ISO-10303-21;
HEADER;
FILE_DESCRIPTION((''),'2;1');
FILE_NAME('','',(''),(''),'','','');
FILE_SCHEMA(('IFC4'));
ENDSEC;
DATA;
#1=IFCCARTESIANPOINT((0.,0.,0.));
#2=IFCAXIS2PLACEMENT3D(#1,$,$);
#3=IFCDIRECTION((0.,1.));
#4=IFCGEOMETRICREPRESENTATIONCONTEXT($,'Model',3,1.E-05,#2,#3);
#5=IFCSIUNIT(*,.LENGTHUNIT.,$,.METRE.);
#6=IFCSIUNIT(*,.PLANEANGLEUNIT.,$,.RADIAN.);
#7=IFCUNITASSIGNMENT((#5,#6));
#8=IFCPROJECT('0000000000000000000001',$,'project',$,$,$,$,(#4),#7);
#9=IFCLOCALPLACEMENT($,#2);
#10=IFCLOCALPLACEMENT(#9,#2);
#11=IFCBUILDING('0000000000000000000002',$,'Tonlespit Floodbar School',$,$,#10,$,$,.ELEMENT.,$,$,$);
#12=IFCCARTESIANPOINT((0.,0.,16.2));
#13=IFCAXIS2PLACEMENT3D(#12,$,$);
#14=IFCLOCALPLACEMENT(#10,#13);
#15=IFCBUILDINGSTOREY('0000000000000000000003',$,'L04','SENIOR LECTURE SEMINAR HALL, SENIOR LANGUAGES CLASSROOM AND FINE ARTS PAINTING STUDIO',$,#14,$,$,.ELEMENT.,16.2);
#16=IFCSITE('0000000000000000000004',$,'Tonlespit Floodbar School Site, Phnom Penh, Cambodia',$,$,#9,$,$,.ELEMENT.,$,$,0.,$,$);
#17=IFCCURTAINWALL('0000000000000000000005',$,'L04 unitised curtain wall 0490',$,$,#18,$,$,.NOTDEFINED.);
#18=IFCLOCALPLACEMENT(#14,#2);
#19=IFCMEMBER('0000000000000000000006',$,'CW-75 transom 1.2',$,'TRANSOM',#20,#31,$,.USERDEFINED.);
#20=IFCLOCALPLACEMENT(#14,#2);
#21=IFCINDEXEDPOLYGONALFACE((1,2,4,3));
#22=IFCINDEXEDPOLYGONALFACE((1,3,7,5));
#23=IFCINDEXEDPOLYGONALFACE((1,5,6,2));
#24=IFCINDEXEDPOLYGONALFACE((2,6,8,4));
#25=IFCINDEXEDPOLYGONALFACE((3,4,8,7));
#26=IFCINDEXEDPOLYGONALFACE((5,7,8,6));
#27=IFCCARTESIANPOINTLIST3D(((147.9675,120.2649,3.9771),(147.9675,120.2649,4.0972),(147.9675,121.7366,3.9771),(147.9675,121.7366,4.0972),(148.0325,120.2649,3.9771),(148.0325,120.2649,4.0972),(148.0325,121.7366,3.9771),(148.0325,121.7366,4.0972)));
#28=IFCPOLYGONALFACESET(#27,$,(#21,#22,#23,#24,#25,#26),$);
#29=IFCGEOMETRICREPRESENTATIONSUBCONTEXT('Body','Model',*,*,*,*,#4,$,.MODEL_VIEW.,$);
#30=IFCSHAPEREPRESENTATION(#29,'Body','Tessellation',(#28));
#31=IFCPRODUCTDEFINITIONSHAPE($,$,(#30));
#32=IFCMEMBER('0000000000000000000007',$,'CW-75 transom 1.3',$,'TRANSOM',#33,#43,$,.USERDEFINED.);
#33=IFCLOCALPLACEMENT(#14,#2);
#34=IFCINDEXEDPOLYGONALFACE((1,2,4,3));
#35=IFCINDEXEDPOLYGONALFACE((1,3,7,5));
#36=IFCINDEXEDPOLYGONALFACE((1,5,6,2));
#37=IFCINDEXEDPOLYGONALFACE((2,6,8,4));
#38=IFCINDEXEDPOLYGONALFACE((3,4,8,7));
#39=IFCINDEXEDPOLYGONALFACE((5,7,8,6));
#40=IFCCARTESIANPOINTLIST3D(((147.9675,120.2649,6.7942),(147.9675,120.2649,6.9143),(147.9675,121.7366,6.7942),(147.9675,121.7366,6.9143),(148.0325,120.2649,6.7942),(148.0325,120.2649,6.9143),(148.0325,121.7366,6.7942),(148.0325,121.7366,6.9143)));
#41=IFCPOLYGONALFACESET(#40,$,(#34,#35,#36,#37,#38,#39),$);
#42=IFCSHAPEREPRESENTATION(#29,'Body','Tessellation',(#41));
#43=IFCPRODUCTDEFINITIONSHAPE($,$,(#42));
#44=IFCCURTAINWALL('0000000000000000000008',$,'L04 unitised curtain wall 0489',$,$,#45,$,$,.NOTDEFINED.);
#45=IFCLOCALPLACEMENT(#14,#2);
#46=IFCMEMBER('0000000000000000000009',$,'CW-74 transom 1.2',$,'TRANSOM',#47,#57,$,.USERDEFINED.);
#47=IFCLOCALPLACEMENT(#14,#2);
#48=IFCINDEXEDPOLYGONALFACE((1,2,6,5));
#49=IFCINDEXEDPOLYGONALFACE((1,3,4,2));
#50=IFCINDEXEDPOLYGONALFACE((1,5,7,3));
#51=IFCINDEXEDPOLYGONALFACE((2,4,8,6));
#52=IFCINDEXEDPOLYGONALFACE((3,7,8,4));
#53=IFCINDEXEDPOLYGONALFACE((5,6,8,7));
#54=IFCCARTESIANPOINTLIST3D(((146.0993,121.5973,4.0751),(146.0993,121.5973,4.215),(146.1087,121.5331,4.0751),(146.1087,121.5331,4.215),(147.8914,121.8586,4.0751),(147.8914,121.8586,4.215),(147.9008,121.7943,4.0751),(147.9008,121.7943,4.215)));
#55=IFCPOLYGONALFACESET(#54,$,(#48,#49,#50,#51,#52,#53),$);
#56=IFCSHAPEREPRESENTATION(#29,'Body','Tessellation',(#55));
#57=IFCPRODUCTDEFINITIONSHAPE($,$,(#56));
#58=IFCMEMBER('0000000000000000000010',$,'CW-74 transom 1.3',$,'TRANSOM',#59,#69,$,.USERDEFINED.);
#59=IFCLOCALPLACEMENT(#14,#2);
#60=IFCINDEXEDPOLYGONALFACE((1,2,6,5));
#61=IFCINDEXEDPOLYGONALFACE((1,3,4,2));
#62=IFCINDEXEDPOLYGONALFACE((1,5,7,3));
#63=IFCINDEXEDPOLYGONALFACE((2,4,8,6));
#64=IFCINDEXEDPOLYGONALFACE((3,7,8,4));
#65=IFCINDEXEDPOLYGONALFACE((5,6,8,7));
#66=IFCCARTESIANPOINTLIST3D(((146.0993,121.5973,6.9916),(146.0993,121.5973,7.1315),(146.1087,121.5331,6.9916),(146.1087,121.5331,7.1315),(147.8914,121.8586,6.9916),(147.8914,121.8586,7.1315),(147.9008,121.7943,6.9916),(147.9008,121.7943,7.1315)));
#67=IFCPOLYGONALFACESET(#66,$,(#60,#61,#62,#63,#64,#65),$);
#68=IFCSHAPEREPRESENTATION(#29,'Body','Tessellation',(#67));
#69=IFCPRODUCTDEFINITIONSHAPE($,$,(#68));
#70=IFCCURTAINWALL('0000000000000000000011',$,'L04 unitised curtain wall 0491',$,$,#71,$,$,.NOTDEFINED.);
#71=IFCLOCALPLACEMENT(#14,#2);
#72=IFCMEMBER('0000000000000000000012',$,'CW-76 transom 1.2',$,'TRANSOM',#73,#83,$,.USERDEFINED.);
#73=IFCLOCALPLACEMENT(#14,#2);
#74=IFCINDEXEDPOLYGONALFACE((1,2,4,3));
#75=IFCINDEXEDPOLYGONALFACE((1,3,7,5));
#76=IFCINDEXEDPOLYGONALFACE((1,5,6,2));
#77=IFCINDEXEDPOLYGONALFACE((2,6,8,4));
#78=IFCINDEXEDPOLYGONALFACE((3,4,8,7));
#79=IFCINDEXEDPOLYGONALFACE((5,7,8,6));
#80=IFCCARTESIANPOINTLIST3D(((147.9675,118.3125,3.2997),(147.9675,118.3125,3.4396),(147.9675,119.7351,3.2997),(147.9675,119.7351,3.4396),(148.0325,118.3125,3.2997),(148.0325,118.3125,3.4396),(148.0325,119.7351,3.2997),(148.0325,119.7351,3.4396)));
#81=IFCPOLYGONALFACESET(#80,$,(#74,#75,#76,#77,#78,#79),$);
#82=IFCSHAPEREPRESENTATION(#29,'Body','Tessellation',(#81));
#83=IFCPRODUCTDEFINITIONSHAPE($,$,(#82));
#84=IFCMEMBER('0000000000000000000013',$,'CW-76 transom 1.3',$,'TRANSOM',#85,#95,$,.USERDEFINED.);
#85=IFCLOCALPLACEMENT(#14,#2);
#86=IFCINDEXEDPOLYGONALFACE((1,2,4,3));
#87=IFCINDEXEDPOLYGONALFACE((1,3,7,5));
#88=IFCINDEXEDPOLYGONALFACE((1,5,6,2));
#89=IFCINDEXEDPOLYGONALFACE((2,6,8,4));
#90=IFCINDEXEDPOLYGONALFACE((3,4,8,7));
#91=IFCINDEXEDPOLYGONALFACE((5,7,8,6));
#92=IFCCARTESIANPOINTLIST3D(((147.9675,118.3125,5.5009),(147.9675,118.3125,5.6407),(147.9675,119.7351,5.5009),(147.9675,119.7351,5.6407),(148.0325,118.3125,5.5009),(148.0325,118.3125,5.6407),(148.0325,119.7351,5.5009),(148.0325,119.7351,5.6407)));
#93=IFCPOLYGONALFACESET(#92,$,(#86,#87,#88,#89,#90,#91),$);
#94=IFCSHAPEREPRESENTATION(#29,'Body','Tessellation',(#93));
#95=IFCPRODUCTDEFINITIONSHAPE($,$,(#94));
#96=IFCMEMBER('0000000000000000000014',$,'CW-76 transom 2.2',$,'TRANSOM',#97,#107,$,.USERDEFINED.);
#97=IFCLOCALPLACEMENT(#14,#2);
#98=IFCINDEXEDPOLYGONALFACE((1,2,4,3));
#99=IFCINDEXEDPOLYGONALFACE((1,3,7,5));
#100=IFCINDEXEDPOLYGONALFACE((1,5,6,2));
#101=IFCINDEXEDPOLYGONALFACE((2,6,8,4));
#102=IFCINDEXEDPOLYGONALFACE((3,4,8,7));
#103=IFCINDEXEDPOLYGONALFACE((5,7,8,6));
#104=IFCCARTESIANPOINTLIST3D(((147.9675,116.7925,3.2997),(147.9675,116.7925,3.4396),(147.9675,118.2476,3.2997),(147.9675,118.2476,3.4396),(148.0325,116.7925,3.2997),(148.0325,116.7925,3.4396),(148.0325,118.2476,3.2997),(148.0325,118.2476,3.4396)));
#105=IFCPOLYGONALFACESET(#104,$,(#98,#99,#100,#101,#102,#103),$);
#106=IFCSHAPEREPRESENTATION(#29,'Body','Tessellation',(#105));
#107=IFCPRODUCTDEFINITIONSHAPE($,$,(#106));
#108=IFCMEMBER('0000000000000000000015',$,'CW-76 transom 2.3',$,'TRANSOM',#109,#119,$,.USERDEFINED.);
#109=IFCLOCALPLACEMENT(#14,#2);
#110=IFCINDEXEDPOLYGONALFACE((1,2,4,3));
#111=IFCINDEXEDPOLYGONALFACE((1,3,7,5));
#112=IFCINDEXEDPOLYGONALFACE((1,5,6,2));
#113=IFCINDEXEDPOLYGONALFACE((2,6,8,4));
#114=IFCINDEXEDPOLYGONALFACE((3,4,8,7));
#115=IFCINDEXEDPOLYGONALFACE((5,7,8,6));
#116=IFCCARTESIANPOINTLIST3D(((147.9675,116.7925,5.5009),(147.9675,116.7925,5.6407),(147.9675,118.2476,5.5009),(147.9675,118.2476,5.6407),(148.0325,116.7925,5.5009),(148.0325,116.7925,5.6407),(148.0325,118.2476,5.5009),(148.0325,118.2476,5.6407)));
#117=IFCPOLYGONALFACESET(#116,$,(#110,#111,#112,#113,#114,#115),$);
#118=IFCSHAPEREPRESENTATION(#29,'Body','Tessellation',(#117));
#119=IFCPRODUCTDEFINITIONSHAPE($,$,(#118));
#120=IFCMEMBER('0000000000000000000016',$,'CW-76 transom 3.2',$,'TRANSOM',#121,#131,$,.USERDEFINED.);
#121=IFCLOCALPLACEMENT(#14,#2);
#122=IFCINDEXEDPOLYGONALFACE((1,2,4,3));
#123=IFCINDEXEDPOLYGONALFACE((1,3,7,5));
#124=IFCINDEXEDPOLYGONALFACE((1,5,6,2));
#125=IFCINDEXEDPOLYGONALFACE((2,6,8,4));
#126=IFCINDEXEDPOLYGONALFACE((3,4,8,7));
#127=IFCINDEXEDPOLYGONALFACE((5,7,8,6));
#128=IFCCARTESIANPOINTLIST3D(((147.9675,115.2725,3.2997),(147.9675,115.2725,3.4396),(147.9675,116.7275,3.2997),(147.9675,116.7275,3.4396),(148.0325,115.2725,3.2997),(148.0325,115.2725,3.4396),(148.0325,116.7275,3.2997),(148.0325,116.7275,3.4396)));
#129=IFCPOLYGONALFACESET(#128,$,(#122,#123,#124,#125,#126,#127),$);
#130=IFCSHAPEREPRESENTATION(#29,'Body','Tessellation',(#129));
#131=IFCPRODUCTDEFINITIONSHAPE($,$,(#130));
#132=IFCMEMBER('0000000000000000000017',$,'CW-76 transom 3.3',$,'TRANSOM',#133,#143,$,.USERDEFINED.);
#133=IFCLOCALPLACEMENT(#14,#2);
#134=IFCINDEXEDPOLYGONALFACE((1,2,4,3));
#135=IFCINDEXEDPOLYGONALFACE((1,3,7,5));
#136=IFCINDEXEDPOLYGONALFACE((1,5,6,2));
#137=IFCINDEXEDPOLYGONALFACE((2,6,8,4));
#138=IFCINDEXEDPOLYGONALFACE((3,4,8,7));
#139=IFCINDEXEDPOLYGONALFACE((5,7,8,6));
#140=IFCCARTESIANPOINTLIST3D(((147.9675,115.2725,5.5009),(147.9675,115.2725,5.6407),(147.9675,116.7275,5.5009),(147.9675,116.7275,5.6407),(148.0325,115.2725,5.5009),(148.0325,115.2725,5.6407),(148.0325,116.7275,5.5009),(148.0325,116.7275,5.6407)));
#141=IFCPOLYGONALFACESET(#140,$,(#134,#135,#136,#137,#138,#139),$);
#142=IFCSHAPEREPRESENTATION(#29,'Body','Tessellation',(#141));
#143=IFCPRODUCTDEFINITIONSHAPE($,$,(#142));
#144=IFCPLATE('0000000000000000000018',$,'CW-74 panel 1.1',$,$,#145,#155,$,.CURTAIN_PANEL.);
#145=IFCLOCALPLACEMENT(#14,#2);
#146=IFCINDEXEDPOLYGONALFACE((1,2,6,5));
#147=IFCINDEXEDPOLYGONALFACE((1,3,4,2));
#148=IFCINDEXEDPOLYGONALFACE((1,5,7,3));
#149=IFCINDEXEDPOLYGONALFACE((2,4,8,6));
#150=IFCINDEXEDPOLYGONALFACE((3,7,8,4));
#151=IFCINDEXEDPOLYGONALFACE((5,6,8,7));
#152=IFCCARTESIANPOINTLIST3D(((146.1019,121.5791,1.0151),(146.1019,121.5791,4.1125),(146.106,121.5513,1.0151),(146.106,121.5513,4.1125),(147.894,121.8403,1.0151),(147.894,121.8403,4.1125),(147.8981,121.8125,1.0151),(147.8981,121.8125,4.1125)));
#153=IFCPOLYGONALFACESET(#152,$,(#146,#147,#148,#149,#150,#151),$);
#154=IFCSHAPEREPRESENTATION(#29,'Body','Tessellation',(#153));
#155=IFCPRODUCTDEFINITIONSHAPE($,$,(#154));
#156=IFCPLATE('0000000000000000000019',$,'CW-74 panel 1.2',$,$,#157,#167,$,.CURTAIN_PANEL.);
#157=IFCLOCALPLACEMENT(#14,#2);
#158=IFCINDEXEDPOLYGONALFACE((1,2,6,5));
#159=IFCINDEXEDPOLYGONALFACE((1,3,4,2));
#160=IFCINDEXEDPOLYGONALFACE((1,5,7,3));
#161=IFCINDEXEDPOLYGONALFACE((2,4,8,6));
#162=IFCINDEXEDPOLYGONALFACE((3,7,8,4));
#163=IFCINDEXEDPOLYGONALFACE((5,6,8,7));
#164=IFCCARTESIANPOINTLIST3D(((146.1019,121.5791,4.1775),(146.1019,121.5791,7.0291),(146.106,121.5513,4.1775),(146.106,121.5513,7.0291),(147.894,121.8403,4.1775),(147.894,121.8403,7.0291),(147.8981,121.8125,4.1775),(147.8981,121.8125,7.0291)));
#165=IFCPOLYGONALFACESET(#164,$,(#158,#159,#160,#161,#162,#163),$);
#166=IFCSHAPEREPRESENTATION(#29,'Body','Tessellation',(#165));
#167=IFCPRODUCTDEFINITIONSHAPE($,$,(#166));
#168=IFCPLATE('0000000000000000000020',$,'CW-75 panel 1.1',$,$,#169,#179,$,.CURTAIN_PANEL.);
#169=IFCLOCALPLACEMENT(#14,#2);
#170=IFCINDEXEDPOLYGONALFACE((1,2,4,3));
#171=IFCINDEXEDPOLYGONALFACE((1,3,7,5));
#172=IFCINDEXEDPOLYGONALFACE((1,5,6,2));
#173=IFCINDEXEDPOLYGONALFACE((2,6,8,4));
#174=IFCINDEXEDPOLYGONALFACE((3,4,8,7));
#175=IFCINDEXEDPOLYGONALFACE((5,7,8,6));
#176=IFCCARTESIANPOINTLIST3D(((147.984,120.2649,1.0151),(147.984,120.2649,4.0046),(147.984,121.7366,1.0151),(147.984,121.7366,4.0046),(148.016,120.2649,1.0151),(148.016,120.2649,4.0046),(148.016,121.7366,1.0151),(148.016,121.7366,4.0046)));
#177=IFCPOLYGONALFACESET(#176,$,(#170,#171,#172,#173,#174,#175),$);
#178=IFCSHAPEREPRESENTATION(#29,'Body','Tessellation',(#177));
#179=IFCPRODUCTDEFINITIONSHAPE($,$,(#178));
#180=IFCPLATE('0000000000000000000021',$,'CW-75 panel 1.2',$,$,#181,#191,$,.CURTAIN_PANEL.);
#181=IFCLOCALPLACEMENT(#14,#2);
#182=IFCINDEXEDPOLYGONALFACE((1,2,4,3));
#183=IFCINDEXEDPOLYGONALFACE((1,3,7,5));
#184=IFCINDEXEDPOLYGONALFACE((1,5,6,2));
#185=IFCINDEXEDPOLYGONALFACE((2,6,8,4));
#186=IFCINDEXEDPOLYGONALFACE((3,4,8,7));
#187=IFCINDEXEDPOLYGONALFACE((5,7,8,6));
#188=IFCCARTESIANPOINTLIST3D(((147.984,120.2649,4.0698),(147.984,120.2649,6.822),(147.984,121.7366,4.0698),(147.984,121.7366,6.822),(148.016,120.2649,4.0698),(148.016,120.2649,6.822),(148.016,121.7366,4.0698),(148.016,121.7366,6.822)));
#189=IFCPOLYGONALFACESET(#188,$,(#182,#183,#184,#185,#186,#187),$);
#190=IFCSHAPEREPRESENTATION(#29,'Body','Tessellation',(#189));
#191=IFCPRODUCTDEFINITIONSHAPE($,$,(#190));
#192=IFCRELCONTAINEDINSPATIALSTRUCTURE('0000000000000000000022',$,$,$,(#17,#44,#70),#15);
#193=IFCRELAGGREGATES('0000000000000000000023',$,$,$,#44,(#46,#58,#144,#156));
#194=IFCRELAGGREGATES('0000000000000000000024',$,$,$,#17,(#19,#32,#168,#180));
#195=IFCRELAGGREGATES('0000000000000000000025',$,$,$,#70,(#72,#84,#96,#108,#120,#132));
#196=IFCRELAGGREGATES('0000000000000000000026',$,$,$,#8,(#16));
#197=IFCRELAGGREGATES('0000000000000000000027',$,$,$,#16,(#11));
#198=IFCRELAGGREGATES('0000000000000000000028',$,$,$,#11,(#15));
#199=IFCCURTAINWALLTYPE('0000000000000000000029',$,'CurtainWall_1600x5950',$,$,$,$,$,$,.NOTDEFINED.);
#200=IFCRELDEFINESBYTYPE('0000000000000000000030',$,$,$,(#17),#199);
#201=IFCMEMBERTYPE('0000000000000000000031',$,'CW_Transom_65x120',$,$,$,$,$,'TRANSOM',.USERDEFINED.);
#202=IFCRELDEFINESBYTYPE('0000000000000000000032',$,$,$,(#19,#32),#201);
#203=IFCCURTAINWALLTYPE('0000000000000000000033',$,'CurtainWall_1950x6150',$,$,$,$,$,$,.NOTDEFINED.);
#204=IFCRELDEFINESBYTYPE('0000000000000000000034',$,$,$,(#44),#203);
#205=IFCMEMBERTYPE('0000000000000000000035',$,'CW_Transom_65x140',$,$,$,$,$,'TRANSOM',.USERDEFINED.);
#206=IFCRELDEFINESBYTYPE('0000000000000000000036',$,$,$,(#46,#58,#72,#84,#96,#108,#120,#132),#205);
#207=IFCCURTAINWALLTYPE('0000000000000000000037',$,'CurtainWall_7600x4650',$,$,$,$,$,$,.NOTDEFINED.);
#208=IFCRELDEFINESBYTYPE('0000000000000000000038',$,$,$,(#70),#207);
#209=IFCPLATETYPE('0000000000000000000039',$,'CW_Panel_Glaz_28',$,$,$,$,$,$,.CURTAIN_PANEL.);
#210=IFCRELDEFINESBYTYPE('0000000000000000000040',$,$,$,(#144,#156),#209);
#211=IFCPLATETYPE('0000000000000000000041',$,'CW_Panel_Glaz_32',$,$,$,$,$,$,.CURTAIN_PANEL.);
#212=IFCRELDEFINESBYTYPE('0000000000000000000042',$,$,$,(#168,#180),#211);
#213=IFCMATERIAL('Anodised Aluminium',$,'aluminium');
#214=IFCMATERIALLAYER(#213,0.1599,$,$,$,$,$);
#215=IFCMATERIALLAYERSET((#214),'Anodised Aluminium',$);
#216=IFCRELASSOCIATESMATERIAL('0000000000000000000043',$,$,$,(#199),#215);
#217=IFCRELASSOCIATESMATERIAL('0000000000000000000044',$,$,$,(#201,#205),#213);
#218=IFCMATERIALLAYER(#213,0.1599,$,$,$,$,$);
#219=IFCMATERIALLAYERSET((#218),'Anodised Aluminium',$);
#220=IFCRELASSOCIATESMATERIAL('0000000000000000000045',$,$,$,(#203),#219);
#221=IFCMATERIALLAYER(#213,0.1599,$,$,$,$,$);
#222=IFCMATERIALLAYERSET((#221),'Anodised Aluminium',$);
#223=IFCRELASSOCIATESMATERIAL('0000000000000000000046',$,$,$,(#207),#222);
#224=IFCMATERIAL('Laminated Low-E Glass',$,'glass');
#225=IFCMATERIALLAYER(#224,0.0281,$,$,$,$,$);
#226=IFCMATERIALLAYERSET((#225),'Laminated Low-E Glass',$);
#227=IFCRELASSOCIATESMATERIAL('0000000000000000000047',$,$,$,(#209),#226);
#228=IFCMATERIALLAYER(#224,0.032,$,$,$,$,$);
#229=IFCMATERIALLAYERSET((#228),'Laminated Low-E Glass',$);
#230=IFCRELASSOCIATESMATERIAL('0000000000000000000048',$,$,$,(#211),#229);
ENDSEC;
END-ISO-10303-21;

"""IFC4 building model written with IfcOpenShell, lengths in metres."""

from ifc_helpers import new_model, si_unit, direction, frame, origin, origin_2d, place, context, subcontext, project, spatial, rectangle, extrude, material, layer, layer_set, material_profile, profile_set, type_object, element, aggregate, save


model = new_model("IFC4")

# Units and contexts
model_context = context("Model", 3, precision=1e-05, world=origin(), true_north=direction((0.0, 1.0)))
body_context = subcontext(model_context, "Body", "Model", "MODEL_VIEW")
ifc_project = project(units=[si_unit("LENGTHUNIT", "METRE"), si_unit("PLANEANGLEUNIT", "RADIAN")], contexts=[model_context])

# Site, building, storey
site_placement = place(None, origin())
site = spatial("IfcSite", under=ifc_project, at=site_placement, Name="Tonlespit Floodbar School Site, Phnom Penh, Cambodia", CompositionType="ELEMENT", RefElevation=0.0)
building_placement = place(site_placement, origin())
building = spatial("IfcBuilding", under=site, at=building_placement, Name="Tonlespit Floodbar School", CompositionType="ELEMENT")
storey_placement = place(building_placement, frame((0.0, 0.0, 16.2)))
storey = spatial("IfcBuildingStorey", under=building, at=storey_placement, Name="L04", Description="SENIOR LECTURE SEMINAR HALL, SENIOR LANGUAGES CLASSROOM AND FINE ARTS PAINTING STUDIO", CompositionType="ELEMENT", Elevation=16.2)

# Curtain walls, members
ifc_material_1 = material(Name="Anodised Aluminium", Category="aluminium")
ifc_layer_1 = layer(ifc_material_1, 0.1599)
ifc_layer_set_1 = layer_set([ifc_layer_1], Name="Anodised Aluminium")
curtain_wall_type_1 = type_object("IfcCurtainWallType", Name="CurtainWall_1600x5950", PredefinedType="NOTDEFINED", material=ifc_layer_set_1)
curtain_wall_1_placement = place(storey_placement, origin())
curtain_wall_1 = element("IfcCurtainWall", 1, at=curtain_wall_1_placement, inside=storey, type_object=curtain_wall_type_1, Name="L04 unitised curtain wall 0490", PredefinedType="NOTDEFINED")
ifc_material_profile_1 = material_profile(ifc_material_1, rectangle(XDim=0.0649, YDim=0.1201, at=origin_2d()), Name="ALU T65x120")
ifc_profile_set_1 = profile_set([ifc_material_profile_1], Name="Anodised Aluminium")
member_type_1 = type_object("IfcMemberType", Name="CW_Transom_65x120", ElementType="TRANSOM", PredefinedType="USERDEFINED", material=ifc_profile_set_1)
member_1_placement = place(storey_placement, frame((148.0, 121.7366, 4.0371), z_axis=(0.0, -1.0, 0.0), x_axis=(1.0, 0.0, 0.0)))
member_1 = element("IfcMember", 2, at=member_1_placement, type_object=member_type_1, Name="CW-75 transom 1.2", ObjectType="TRANSOM", PredefinedType="USERDEFINED", context=body_context, shape_type="SweptSolid", body=[
    extrude(rectangle(XDim=0.0649, YDim=0.1201, at=origin_2d()), origin(), (0.0, 0.0, 1.0), 1.4717),
])
member_2_placement = place(storey_placement, frame((148.0, 121.7366, 6.8542), z_axis=(0.0, -1.0, 0.0), x_axis=(1.0, 0.0, 0.0)))
member_2 = element("IfcMember", 3, at=member_2_placement, type_object=member_type_1, Name="CW-75 transom 1.3", ObjectType="TRANSOM", PredefinedType="USERDEFINED", context=body_context, shape_type="SweptSolid", body=[
    extrude(rectangle(XDim=0.0649, YDim=0.1201, at=origin_2d()), origin(), (0.0, 0.0, 1.0), 1.4717),
])
ifc_layer_2 = layer(ifc_material_1, 0.1599)
ifc_layer_set_2 = layer_set([ifc_layer_2], Name="Anodised Aluminium")
curtain_wall_type_2 = type_object("IfcCurtainWallType", Name="CurtainWall_1950x6150", PredefinedType="NOTDEFINED", material=ifc_layer_set_2)
curtain_wall_2_placement = place(storey_placement, origin())
curtain_wall_2 = element("IfcCurtainWall", 4, at=curtain_wall_2_placement, inside=storey, type_object=curtain_wall_type_2, Name="L04 unitised curtain wall 0489", PredefinedType="NOTDEFINED")
ifc_material_profile_2 = material_profile(ifc_material_1, rectangle(XDim=0.0649, YDim=0.1399, at=origin_2d()), Name="ALU T65x140")
ifc_profile_set_2 = profile_set([ifc_material_profile_2], Name="Anodised Aluminium")
member_type_2 = type_object("IfcMemberType", Name="CW_Transom_65x140", ElementType="TRANSOM", PredefinedType="USERDEFINED", material=ifc_profile_set_2)
member_3_placement = place(storey_placement, frame((146.104, 121.5652, 4.145), z_axis=(0.989541, 0.144252, 0.0), x_axis=(-0.144252, 0.989541, 0.0)))
member_3 = element("IfcMember", 5, at=member_3_placement, type_object=member_type_2, Name="CW-74 transom 1.2", ObjectType="TRANSOM", PredefinedType="USERDEFINED", context=body_context, shape_type="SweptSolid", body=[
    extrude(rectangle(XDim=0.0649, YDim=0.1399, at=origin_2d()), origin(), (0.0, 0.0, 1.0), 1.811),
])
member_4_placement = place(storey_placement, frame((146.104, 121.5652, 7.0615), z_axis=(0.989541, 0.144252, 0.0), x_axis=(-0.144252, 0.989541, 0.0)))
member_4 = element("IfcMember", 6, at=member_4_placement, type_object=member_type_2, Name="CW-74 transom 1.3", ObjectType="TRANSOM", PredefinedType="USERDEFINED", context=body_context, shape_type="SweptSolid", body=[
    extrude(rectangle(XDim=0.0649, YDim=0.1399, at=origin_2d()), origin(), (0.0, 0.0, 1.0), 1.811),
])
ifc_layer_3 = layer(ifc_material_1, 0.1599)
ifc_layer_set_3 = layer_set([ifc_layer_3], Name="Anodised Aluminium")
curtain_wall_type_3 = type_object("IfcCurtainWallType", Name="CurtainWall_7600x4650", PredefinedType="NOTDEFINED", material=ifc_layer_set_3)
curtain_wall_3_placement = place(storey_placement, origin())
curtain_wall_3 = element("IfcCurtainWall", 7, at=curtain_wall_3_placement, inside=storey, type_object=curtain_wall_type_3, Name="L04 unitised curtain wall 0491", PredefinedType="NOTDEFINED")
member_5_placement = place(storey_placement, frame((148.0, 119.7351, 3.3696), z_axis=(0.0, -1.0, 0.0), x_axis=(1.0, 0.0, 0.0)))
member_5 = element("IfcMember", 8, at=member_5_placement, type_object=member_type_2, Name="CW-76 transom 1.2", ObjectType="TRANSOM", PredefinedType="USERDEFINED", context=body_context, shape_type="SweptSolid", body=[
    extrude(rectangle(XDim=0.0649, YDim=0.1399, at=origin_2d()), origin(), (0.0, 0.0, 1.0), 1.4226),
])
member_6_placement = place(storey_placement, frame((148.0, 119.7351, 5.5708), z_axis=(0.0, -1.0, 0.0), x_axis=(1.0, 0.0, 0.0)))
member_6 = element("IfcMember", 9, at=member_6_placement, type_object=member_type_2, Name="CW-76 transom 1.3", ObjectType="TRANSOM", PredefinedType="USERDEFINED", context=body_context, shape_type="SweptSolid", body=[
    extrude(rectangle(XDim=0.0649, YDim=0.1399, at=origin_2d()), origin(), (0.0, 0.0, 1.0), 1.4226),
])
member_7_placement = place(storey_placement, frame((148.0, 118.2476, 3.3696), z_axis=(0.0, -1.0, 0.0), x_axis=(1.0, 0.0, 0.0)))
member_7 = element("IfcMember", 10, at=member_7_placement, type_object=member_type_2, Name="CW-76 transom 2.2", ObjectType="TRANSOM", PredefinedType="USERDEFINED", context=body_context, shape_type="SweptSolid", body=[
    extrude(rectangle(XDim=0.0649, YDim=0.1399, at=origin_2d()), origin(), (0.0, 0.0, 1.0), 1.4551),
])
member_8_placement = place(storey_placement, frame((148.0, 118.2476, 5.5708), z_axis=(0.0, -1.0, 0.0), x_axis=(1.0, 0.0, 0.0)))
member_8 = element("IfcMember", 11, at=member_8_placement, type_object=member_type_2, Name="CW-76 transom 2.3", ObjectType="TRANSOM", PredefinedType="USERDEFINED", context=body_context, shape_type="SweptSolid", body=[
    extrude(rectangle(XDim=0.0649, YDim=0.1399, at=origin_2d()), origin(), (0.0, 0.0, 1.0), 1.4551),
])
member_9_placement = place(storey_placement, frame((148.0, 116.7275, 3.3696), z_axis=(0.0, -1.0, 0.0), x_axis=(1.0, 0.0, 0.0)))
member_9 = element("IfcMember", 12, at=member_9_placement, type_object=member_type_2, Name="CW-76 transom 3.2", ObjectType="TRANSOM", PredefinedType="USERDEFINED", context=body_context, shape_type="SweptSolid", body=[
    extrude(rectangle(XDim=0.0649, YDim=0.1399, at=origin_2d()), origin(), (0.0, 0.0, 1.0), 1.4551),
])
member_10_placement = place(storey_placement, frame((148.0, 116.7275, 5.5708), z_axis=(0.0, -1.0, 0.0), x_axis=(1.0, 0.0, 0.0)))
member_10 = element("IfcMember", 13, at=member_10_placement, type_object=member_type_2, Name="CW-76 transom 3.3", ObjectType="TRANSOM", PredefinedType="USERDEFINED", context=body_context, shape_type="SweptSolid", body=[
    extrude(rectangle(XDim=0.0649, YDim=0.1399, at=origin_2d()), origin(), (0.0, 0.0, 1.0), 1.4551),
])

# Plates
ifc_material_2 = material(Name="Laminated Low-E Glass", Category="glass")
ifc_layer_4 = layer(ifc_material_2, 0.0281)
ifc_layer_set_4 = layer_set([ifc_layer_4], Name="Laminated Low-E Glass")
plate_type_1 = type_object("IfcPlateType", Name="CW_Panel_Glaz_28", PredefinedType="CURTAIN_PANEL", material=ifc_layer_set_4)
plate_1_placement = place(storey_placement, frame((147.0, 121.6958, 1.0151), z_axis=(0.0, 0.0, 1.0), x_axis=(0.989542, 0.144248, 0.0)))
plate_1 = element("IfcPlate", 14, at=plate_1_placement, type_object=plate_type_1, Name="CW-74 panel 1.1", PredefinedType="CURTAIN_PANEL", context=body_context, shape_type="SweptSolid", body=[
    extrude(rectangle(XDim=1.811, YDim=0.0281, at=origin_2d()), origin(), (0.0, 0.0, 1.0), 3.0974),
])
plate_2_placement = place(storey_placement, frame((147.0, 121.6958, 4.1775), z_axis=(0.0, 0.0, 1.0), x_axis=(0.989542, 0.144248, 0.0)))
plate_2 = element("IfcPlate", 15, at=plate_2_placement, type_object=plate_type_1, Name="CW-74 panel 1.2", PredefinedType="CURTAIN_PANEL", context=body_context, shape_type="SweptSolid", body=[
    extrude(rectangle(XDim=1.811, YDim=0.0281, at=origin_2d()), origin(), (0.0, 0.0, 1.0), 2.8516),
])
aggregate(curtain_wall_2, [member_3, member_4, plate_1, plate_2])
ifc_layer_5 = layer(ifc_material_2, 0.032)
ifc_layer_set_5 = layer_set([ifc_layer_5], Name="Laminated Low-E Glass")
plate_type_2 = type_object("IfcPlateType", Name="CW_Panel_Glaz_32", PredefinedType="CURTAIN_PANEL", material=ifc_layer_set_5)
plate_3_placement = place(storey_placement, frame((148.0, 121.0007, 1.0151), z_axis=(0.0, 0.0, 1.0), x_axis=(0.0, -1.0, 0.0)))
plate_3 = element("IfcPlate", 16, at=plate_3_placement, type_object=plate_type_2, Name="CW-75 panel 1.1", PredefinedType="CURTAIN_PANEL", context=body_context, shape_type="SweptSolid", body=[
    extrude(rectangle(XDim=1.4717, YDim=0.032, at=origin_2d()), origin(), (0.0, 0.0, 1.0), 2.9895),
])
plate_4_placement = place(storey_placement, frame((148.0, 121.0007, 4.0698), z_axis=(0.0, 0.0, 1.0), x_axis=(0.0, -1.0, 0.0)))
plate_4 = element("IfcPlate", 17, at=plate_4_placement, type_object=plate_type_2, Name="CW-75 panel 1.2", PredefinedType="CURTAIN_PANEL", context=body_context, shape_type="SweptSolid", body=[
    extrude(rectangle(XDim=1.4717, YDim=0.032, at=origin_2d()), origin(), (0.0, 0.0, 1.0), 2.7522),
])
aggregate(curtain_wall_1, [member_1, member_2, plate_3, plate_4])
aggregate(curtain_wall_3, [member_5, member_6, member_7, member_8, member_9, member_10])

save(model, "model.ifc")
